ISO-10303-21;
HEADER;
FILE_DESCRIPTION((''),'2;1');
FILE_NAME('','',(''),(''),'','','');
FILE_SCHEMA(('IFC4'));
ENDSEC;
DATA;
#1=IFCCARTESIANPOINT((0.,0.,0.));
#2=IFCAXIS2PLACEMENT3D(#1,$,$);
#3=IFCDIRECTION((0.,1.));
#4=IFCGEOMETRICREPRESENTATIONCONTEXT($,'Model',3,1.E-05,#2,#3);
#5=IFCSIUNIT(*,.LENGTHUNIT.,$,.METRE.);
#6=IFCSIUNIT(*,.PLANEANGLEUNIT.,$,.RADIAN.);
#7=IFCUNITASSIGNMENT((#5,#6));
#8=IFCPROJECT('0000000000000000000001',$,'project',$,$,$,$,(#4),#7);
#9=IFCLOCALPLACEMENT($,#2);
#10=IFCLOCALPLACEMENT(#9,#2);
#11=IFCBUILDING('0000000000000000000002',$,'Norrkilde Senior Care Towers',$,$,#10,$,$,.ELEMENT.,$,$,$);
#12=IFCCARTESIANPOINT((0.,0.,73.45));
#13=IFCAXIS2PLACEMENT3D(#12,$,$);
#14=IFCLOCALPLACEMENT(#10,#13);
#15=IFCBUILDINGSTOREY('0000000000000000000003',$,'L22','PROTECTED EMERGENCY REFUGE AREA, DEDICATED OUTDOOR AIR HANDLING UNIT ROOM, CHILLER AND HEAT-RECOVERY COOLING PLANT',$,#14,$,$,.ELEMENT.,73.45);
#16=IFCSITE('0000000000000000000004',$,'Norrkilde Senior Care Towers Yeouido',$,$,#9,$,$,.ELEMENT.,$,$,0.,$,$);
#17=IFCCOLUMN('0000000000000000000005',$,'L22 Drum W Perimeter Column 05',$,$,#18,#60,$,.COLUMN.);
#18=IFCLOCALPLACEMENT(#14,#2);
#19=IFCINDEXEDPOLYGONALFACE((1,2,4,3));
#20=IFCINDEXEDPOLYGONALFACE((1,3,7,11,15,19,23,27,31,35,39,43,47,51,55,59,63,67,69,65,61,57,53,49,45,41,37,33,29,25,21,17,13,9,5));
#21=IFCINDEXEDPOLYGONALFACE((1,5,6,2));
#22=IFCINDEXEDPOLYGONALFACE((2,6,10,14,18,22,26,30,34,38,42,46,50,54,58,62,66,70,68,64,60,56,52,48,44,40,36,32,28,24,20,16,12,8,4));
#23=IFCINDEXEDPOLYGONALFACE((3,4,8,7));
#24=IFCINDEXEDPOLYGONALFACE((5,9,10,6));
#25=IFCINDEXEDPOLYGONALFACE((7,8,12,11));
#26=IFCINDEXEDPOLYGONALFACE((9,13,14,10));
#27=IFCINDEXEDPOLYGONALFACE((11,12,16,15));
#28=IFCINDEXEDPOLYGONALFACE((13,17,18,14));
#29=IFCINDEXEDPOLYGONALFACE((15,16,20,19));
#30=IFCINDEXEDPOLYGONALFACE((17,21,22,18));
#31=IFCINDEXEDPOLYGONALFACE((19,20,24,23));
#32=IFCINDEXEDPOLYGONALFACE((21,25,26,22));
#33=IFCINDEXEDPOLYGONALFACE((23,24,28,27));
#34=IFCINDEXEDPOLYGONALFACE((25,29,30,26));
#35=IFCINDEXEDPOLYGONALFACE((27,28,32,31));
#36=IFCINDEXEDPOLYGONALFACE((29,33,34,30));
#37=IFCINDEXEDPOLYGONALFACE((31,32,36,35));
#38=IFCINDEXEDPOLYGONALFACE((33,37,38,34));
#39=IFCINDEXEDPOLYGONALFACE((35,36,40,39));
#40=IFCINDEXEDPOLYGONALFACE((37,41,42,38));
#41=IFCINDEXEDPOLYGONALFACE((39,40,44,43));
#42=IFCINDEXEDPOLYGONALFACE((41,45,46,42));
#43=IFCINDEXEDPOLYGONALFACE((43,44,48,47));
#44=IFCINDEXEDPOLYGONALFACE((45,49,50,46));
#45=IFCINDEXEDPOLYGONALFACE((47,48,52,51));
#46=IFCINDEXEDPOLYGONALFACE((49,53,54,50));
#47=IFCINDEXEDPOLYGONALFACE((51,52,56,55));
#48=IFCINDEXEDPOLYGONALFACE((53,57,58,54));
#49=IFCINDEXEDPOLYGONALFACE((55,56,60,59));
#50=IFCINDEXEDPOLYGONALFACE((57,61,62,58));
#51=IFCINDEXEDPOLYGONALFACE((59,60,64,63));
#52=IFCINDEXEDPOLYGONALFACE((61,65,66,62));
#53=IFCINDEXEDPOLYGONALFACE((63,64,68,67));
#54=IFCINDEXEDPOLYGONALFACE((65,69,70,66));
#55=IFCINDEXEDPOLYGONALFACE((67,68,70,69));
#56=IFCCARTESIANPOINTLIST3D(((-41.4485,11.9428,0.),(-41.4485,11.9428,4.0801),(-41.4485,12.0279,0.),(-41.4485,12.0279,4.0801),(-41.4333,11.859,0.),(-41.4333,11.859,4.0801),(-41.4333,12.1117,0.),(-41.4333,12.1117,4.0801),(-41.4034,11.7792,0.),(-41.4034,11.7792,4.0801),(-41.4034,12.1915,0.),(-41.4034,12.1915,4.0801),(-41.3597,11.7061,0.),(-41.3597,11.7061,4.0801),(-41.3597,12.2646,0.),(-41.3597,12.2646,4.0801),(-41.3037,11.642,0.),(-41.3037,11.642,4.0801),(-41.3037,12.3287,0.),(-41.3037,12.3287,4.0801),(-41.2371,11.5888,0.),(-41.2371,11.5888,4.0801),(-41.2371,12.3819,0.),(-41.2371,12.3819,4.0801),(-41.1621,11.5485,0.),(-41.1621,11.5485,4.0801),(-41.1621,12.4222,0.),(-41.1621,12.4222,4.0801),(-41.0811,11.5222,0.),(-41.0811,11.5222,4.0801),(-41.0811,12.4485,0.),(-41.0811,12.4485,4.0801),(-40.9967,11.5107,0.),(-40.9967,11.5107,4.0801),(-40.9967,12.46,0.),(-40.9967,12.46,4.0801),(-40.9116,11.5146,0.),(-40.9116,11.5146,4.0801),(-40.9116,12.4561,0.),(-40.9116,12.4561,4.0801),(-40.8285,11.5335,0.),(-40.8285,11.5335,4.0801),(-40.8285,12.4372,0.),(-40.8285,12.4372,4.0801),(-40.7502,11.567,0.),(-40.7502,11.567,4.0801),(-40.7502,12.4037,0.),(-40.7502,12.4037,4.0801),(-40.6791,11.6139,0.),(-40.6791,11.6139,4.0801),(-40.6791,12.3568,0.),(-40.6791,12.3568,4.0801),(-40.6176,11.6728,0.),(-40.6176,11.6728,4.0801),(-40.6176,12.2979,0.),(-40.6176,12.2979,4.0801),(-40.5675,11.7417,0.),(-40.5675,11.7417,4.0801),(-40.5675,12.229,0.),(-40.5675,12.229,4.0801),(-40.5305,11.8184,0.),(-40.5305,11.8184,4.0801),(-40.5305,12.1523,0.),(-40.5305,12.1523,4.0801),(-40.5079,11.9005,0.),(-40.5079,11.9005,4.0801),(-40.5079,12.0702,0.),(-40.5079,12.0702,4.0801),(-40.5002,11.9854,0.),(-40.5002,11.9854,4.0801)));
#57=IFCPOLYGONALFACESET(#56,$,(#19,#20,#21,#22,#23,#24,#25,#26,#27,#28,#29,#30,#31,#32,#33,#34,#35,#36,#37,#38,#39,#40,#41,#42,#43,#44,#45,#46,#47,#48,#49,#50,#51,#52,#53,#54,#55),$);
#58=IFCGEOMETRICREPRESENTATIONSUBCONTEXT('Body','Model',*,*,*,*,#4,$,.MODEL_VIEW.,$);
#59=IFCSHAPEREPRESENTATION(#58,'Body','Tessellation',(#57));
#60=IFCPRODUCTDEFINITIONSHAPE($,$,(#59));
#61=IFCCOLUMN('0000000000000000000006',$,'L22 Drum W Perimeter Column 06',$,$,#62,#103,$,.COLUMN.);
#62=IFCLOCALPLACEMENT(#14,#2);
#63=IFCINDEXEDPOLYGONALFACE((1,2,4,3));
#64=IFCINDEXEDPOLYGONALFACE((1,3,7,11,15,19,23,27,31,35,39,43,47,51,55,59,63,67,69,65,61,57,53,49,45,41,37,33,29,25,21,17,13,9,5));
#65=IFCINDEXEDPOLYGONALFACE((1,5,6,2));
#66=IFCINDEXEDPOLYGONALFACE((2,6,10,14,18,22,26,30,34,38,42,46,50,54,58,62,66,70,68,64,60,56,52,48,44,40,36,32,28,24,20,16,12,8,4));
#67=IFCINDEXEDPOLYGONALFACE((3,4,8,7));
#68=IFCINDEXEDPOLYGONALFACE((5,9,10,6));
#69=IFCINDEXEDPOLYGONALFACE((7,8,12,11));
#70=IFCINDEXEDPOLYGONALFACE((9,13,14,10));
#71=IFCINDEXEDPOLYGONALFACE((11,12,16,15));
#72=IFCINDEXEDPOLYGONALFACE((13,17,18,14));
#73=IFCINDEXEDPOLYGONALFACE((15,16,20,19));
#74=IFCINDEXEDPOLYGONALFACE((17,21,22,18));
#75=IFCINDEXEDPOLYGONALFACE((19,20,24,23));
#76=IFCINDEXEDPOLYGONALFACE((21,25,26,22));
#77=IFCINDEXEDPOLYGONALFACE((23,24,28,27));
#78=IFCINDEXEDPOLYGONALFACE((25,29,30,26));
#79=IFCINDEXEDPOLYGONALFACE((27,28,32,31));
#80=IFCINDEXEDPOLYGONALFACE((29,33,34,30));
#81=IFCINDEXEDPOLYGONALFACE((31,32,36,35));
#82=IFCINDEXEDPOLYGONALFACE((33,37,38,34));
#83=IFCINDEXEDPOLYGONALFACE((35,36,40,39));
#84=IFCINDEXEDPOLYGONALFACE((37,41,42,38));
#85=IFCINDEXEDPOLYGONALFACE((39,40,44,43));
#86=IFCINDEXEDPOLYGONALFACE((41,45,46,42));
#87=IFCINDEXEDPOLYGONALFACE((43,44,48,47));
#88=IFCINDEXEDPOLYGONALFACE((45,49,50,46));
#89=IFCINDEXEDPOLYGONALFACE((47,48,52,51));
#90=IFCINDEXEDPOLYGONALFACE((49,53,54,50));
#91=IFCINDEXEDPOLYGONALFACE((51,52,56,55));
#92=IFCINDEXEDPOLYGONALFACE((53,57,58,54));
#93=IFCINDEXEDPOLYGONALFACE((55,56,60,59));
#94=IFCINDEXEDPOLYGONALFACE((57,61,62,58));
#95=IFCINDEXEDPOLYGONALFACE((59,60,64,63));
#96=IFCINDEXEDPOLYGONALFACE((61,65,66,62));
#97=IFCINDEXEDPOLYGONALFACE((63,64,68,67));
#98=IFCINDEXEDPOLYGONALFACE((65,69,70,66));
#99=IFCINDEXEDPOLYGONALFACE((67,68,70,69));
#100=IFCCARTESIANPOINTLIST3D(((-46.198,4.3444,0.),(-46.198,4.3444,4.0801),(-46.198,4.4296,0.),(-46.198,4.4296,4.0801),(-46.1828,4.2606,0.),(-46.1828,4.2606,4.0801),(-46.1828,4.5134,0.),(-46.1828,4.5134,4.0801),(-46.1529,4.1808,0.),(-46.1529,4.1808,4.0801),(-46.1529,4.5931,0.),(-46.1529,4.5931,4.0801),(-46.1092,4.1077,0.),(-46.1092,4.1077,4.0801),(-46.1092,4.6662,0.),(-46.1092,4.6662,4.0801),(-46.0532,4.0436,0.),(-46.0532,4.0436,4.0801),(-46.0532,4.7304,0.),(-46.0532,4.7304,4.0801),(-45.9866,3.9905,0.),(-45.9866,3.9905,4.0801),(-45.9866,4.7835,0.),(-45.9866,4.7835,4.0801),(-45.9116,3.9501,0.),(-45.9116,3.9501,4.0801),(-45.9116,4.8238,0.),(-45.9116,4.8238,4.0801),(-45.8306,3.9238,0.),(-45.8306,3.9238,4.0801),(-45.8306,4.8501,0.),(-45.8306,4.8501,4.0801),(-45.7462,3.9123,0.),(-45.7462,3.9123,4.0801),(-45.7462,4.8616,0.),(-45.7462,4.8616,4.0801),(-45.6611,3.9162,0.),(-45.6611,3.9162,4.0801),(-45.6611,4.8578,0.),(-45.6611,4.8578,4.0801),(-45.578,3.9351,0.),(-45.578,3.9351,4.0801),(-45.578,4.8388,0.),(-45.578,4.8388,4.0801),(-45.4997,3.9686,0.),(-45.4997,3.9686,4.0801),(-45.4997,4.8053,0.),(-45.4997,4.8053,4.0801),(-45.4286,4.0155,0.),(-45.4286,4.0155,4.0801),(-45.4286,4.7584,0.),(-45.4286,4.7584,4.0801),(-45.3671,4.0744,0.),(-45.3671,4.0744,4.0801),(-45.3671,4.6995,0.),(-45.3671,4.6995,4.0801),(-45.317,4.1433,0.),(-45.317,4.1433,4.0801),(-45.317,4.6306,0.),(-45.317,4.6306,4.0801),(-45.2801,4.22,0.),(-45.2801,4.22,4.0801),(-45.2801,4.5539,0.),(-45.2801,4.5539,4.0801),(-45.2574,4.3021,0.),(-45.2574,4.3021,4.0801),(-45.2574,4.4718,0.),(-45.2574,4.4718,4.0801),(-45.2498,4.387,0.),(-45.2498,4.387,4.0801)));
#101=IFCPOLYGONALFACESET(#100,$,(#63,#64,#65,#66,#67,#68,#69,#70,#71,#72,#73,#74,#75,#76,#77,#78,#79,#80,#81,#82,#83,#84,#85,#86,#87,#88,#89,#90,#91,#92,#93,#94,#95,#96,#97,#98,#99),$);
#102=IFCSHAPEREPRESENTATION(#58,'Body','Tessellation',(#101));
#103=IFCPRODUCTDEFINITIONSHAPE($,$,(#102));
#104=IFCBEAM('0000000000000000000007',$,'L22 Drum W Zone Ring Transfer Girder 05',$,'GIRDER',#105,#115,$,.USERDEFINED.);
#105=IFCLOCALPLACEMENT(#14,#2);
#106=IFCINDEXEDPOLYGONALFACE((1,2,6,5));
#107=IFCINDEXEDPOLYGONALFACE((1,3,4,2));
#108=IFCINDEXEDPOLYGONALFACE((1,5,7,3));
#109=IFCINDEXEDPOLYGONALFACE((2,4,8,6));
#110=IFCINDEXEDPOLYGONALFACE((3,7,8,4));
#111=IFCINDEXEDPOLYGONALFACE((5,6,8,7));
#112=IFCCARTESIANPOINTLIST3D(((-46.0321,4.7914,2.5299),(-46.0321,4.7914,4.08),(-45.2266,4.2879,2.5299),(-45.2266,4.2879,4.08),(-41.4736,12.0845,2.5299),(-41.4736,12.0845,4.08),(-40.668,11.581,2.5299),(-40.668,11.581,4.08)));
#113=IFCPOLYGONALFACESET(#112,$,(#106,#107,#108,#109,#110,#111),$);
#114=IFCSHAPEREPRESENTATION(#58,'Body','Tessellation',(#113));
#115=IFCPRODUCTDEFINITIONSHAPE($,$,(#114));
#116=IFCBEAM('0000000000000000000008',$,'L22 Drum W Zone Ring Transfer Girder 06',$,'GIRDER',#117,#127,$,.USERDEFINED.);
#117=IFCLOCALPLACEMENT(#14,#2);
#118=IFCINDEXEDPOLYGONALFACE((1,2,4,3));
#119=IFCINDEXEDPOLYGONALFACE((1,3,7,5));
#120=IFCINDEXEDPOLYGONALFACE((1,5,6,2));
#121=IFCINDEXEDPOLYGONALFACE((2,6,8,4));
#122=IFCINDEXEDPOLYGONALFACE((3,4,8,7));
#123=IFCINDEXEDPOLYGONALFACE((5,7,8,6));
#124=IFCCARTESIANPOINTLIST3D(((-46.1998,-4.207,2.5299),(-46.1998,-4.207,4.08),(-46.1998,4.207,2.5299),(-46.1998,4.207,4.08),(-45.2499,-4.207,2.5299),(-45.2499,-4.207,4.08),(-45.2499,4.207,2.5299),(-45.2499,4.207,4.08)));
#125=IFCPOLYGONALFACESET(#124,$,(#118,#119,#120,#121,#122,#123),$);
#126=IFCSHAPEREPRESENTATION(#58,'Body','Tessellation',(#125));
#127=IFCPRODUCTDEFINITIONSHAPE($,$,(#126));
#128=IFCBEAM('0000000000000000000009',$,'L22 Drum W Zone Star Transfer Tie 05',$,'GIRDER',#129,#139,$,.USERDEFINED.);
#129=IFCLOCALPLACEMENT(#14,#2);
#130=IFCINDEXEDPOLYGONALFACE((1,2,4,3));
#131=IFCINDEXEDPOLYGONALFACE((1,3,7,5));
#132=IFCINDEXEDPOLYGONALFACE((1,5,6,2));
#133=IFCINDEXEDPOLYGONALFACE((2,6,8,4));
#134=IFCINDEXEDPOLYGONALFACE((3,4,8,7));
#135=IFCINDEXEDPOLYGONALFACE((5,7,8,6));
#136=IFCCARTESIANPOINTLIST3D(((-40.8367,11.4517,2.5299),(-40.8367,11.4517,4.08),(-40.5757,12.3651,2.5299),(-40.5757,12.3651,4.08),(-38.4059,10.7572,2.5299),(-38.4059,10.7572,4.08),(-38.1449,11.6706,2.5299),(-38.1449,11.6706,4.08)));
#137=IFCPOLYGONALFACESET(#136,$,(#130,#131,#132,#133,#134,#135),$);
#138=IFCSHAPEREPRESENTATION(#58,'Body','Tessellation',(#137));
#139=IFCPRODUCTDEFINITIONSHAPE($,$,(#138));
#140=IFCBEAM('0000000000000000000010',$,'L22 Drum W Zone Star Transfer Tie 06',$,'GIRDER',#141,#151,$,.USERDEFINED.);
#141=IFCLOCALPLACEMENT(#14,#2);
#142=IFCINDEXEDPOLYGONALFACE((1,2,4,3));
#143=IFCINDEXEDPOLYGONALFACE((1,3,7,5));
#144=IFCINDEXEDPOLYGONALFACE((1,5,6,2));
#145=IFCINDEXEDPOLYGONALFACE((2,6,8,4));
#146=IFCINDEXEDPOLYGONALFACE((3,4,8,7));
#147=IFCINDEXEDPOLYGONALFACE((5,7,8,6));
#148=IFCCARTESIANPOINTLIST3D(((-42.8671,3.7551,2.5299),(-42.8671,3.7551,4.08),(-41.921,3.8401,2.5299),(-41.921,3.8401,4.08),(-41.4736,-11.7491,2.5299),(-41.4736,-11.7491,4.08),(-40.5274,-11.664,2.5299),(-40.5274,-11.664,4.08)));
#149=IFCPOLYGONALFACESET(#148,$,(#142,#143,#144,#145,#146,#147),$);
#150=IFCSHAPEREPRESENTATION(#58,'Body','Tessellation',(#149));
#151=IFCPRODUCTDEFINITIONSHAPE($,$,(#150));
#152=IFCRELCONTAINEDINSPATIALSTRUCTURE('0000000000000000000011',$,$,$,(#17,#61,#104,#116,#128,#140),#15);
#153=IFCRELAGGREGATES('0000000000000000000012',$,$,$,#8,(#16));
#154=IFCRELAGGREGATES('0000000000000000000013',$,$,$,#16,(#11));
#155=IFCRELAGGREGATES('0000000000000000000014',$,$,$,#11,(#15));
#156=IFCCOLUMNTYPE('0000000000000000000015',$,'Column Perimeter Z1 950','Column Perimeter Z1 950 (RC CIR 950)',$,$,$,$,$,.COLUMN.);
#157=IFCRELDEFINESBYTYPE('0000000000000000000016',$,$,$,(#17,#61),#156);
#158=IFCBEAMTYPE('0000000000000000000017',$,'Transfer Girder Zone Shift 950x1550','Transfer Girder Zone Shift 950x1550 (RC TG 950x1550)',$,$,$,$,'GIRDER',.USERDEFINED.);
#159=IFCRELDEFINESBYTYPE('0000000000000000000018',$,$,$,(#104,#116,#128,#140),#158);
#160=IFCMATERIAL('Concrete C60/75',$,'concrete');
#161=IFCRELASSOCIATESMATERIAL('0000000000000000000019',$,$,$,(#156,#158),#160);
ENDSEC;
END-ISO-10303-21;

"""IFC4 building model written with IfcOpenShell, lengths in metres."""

from ifc_helpers import new_model, si_unit, direction, frame, origin, origin_2d, place, context, subcontext, project, spatial, rectangle, circle, extrude, source, transform, mapped, material, material_profile, profile_set, type_object, type_shapes, element, save


model = new_model("IFC4")

# Units and contexts
model_context = context("Model", 3, precision=1e-05, world=origin(), true_north=direction((0.0, 1.0)))
body_context = subcontext(model_context, "Body", "Model", "MODEL_VIEW")
ifc_project = project(units=[si_unit("LENGTHUNIT", "METRE"), si_unit("PLANEANGLEUNIT", "RADIAN")], contexts=[model_context])

# Site, building, storey
site_placement = place(None, origin())
site = spatial("IfcSite", under=ifc_project, at=site_placement, Name="Norrkilde Senior Care Towers Yeouido", CompositionType="ELEMENT", RefElevation=0.0)
building_placement = place(site_placement, origin())
building = spatial("IfcBuilding", under=site, at=building_placement, Name="Norrkilde Senior Care Towers", CompositionType="ELEMENT")
storey_placement = place(building_placement, frame((0.0, 0.0, 73.45)))
storey = spatial("IfcBuildingStorey", under=building, at=storey_placement, Name="L22", Description="PROTECTED EMERGENCY REFUGE AREA, DEDICATED OUTDOOR AIR HANDLING UNIT ROOM, CHILLER AND HEAT-RECOVERY COOLING PLANT", CompositionType="ELEMENT", Elevation=73.45)

# Columns
ifc_material_1 = material(Name="Concrete C60/75", Category="concrete")
ifc_material_profile_1 = material_profile(ifc_material_1, circle(Radius=0.4751, at=origin_2d()), Name="RC CIR 950")
ifc_profile_set_1 = profile_set([ifc_material_profile_1], Name="Concrete C60/75")
column_type = type_object("IfcColumnType", Name="Column Perimeter Z1 950", Description="Column Perimeter Z1 950 (RC CIR 950)", PredefinedType="COLUMN", material=ifc_profile_set_1)
shared_shape_1 = source(origin(), body_context, "Body", "SweptSolid", [
    extrude(circle(Radius=0.4751, at=origin_2d()), origin(), (0.0, 0.0, 1.0), 4.0801),
])
type_shapes(column_type, [shared_shape_1])
for number, where, z_axis, x_axis, name in (
    (1, (-40.9753, 11.9854, 0.0), (0.0, 0.0, 1.0), (1.0, 0.0, 0.0), "L22 Drum W Perimeter Column 05"),
    (2, (-45.7249, 4.387, 0.0), (0.0, 0.0, 1.0), (1.0, 0.0, 0.0), "L22 Drum W Perimeter Column 06"),
):
    element("IfcColumn", number, at=place(storey_placement, frame(where, z_axis=z_axis, x_axis=x_axis)), inside=storey, type_object=column_type, Name=name, PredefinedType="COLUMN", context=body_context, shape_type="MappedRepresentation", body=[
        mapped(shared_shape_1, transform((0.0, 0.0, 0.0), x_axis=(1.0, 0.0, 0.0), y_axis=(0.0, 1.0, 0.0), z_axis=(0.0, 0.0, 1.0), scale=1.0)),
    ])

# Beams
ifc_material_profile_2 = material_profile(ifc_material_1, rectangle(XDim=0.95, YDim=1.55, at=origin_2d()), Name="RC TG 950x1550")
ifc_profile_set_2 = profile_set([ifc_material_profile_2], Name="Concrete C60/75")
beam_type = type_object("IfcBeamType", Name="Transfer Girder Zone Shift 950x1550", Description="Transfer Girder Zone Shift 950x1550 (RC TG 950x1550)", ElementType="GIRDER", PredefinedType="USERDEFINED", material=ifc_profile_set_2)
shared_shape_2 = source(origin(), body_context, "Body", "SweptSolid", [
    extrude(rectangle(XDim=0.95, YDim=1.55, at=origin_2d()), origin(), (0.0, 0.0, 1.0), 8.6006),
])
beam_1_placement = place(storey_placement, frame((-41.0708, 11.8328, 3.3049), z_axis=(-0.530027, -0.847981, 0.0), x_axis=(0.847981, -0.530027, 0.0)))
element("IfcBeam", 3, at=beam_1_placement, inside=storey, type_object=beam_type, Name="L22 Drum W Zone Ring Transfer Girder 05", ObjectType="GIRDER", PredefinedType="USERDEFINED", context=body_context, shape_type="MappedRepresentation", body=[
    mapped(shared_shape_2, transform((0.0, 0.0, 0.0), x_axis=(1.0, 0.0, 0.0), y_axis=(0.0, 1.0, 0.0), z_axis=(0.0, 0.0, 1.0), scale=1.0)),
])
shared_shape_3 = source(origin(), body_context, "Body", "SweptSolid", [
    extrude(rectangle(XDim=0.95, YDim=1.55, at=origin_2d()), origin(), (0.0, 0.0, 1.0), 8.4141),
])
beam_2_placement = place(storey_placement, frame((-45.7249, 4.207, 3.3049), z_axis=(0.0, -1.0, 0.0), x_axis=(1.0, 0.0, 0.0)))
element("IfcBeam", 4, at=beam_2_placement, inside=storey, type_object=beam_type, Name="L22 Drum W Zone Ring Transfer Girder 06", ObjectType="GIRDER", PredefinedType="USERDEFINED", context=body_context, shape_type="MappedRepresentation", body=[
    mapped(shared_shape_3, transform((0.0, 0.0, 0.0), x_axis=(1.0, 0.0, 0.0), y_axis=(0.0, 1.0, 0.0), z_axis=(0.0, 0.0, 1.0), scale=1.0)),
])
shared_shape_4 = source(origin(), body_context, "Body", "SweptSolid", [
    extrude(rectangle(XDim=0.95, YDim=1.55, at=origin_2d()), origin(), (0.0, 0.0, 1.0), 2.5281),
])
beam_3_placement = place(storey_placement, frame((-38.2754, 11.2139, 3.3049), z_axis=(-0.96152, 0.274734, 0.0), x_axis=(-0.274734, -0.96152, 0.0)))
element("IfcBeam", 5, at=beam_3_placement, inside=storey, type_object=beam_type, Name="L22 Drum W Zone Star Transfer Tie 05", ObjectType="GIRDER", PredefinedType="USERDEFINED", context=body_context, shape_type="MappedRepresentation", body=[
    mapped(shared_shape_4, transform((0.0, 0.0, 0.0), x_axis=(1.0, 0.0, 0.0), y_axis=(0.0, 1.0, 0.0), z_axis=(0.0, 0.0, 1.0), scale=1.0)),
])
shared_shape_5 = source(origin(), body_context, "Body", "SweptSolid", [
    extrude(rectangle(XDim=0.95, YDim=1.55, at=origin_2d()), origin(), (0.0, 0.0, 1.0), 15.5667),
])
type_shapes(beam_type, [shared_shape_2, shared_shape_3, shared_shape_4, shared_shape_5])
beam_4_placement = place(storey_placement, frame((-42.394, 3.7976, 3.3049), z_axis=(0.089522, -0.995985, 0.0), x_axis=(0.995985, 0.089522, 0.0)))
element("IfcBeam", 6, at=beam_4_placement, inside=storey, type_object=beam_type, Name="L22 Drum W Zone Star Transfer Tie 06", ObjectType="GIRDER", PredefinedType="USERDEFINED", context=body_context, shape_type="MappedRepresentation", body=[
    mapped(shared_shape_5, transform((0.0, 0.0, 0.0), x_axis=(1.0, 0.0, 0.0), y_axis=(0.0, 1.0, 0.0), z_axis=(0.0, 0.0, 1.0), scale=1.0)),
])

save(model, "model.ifc")
